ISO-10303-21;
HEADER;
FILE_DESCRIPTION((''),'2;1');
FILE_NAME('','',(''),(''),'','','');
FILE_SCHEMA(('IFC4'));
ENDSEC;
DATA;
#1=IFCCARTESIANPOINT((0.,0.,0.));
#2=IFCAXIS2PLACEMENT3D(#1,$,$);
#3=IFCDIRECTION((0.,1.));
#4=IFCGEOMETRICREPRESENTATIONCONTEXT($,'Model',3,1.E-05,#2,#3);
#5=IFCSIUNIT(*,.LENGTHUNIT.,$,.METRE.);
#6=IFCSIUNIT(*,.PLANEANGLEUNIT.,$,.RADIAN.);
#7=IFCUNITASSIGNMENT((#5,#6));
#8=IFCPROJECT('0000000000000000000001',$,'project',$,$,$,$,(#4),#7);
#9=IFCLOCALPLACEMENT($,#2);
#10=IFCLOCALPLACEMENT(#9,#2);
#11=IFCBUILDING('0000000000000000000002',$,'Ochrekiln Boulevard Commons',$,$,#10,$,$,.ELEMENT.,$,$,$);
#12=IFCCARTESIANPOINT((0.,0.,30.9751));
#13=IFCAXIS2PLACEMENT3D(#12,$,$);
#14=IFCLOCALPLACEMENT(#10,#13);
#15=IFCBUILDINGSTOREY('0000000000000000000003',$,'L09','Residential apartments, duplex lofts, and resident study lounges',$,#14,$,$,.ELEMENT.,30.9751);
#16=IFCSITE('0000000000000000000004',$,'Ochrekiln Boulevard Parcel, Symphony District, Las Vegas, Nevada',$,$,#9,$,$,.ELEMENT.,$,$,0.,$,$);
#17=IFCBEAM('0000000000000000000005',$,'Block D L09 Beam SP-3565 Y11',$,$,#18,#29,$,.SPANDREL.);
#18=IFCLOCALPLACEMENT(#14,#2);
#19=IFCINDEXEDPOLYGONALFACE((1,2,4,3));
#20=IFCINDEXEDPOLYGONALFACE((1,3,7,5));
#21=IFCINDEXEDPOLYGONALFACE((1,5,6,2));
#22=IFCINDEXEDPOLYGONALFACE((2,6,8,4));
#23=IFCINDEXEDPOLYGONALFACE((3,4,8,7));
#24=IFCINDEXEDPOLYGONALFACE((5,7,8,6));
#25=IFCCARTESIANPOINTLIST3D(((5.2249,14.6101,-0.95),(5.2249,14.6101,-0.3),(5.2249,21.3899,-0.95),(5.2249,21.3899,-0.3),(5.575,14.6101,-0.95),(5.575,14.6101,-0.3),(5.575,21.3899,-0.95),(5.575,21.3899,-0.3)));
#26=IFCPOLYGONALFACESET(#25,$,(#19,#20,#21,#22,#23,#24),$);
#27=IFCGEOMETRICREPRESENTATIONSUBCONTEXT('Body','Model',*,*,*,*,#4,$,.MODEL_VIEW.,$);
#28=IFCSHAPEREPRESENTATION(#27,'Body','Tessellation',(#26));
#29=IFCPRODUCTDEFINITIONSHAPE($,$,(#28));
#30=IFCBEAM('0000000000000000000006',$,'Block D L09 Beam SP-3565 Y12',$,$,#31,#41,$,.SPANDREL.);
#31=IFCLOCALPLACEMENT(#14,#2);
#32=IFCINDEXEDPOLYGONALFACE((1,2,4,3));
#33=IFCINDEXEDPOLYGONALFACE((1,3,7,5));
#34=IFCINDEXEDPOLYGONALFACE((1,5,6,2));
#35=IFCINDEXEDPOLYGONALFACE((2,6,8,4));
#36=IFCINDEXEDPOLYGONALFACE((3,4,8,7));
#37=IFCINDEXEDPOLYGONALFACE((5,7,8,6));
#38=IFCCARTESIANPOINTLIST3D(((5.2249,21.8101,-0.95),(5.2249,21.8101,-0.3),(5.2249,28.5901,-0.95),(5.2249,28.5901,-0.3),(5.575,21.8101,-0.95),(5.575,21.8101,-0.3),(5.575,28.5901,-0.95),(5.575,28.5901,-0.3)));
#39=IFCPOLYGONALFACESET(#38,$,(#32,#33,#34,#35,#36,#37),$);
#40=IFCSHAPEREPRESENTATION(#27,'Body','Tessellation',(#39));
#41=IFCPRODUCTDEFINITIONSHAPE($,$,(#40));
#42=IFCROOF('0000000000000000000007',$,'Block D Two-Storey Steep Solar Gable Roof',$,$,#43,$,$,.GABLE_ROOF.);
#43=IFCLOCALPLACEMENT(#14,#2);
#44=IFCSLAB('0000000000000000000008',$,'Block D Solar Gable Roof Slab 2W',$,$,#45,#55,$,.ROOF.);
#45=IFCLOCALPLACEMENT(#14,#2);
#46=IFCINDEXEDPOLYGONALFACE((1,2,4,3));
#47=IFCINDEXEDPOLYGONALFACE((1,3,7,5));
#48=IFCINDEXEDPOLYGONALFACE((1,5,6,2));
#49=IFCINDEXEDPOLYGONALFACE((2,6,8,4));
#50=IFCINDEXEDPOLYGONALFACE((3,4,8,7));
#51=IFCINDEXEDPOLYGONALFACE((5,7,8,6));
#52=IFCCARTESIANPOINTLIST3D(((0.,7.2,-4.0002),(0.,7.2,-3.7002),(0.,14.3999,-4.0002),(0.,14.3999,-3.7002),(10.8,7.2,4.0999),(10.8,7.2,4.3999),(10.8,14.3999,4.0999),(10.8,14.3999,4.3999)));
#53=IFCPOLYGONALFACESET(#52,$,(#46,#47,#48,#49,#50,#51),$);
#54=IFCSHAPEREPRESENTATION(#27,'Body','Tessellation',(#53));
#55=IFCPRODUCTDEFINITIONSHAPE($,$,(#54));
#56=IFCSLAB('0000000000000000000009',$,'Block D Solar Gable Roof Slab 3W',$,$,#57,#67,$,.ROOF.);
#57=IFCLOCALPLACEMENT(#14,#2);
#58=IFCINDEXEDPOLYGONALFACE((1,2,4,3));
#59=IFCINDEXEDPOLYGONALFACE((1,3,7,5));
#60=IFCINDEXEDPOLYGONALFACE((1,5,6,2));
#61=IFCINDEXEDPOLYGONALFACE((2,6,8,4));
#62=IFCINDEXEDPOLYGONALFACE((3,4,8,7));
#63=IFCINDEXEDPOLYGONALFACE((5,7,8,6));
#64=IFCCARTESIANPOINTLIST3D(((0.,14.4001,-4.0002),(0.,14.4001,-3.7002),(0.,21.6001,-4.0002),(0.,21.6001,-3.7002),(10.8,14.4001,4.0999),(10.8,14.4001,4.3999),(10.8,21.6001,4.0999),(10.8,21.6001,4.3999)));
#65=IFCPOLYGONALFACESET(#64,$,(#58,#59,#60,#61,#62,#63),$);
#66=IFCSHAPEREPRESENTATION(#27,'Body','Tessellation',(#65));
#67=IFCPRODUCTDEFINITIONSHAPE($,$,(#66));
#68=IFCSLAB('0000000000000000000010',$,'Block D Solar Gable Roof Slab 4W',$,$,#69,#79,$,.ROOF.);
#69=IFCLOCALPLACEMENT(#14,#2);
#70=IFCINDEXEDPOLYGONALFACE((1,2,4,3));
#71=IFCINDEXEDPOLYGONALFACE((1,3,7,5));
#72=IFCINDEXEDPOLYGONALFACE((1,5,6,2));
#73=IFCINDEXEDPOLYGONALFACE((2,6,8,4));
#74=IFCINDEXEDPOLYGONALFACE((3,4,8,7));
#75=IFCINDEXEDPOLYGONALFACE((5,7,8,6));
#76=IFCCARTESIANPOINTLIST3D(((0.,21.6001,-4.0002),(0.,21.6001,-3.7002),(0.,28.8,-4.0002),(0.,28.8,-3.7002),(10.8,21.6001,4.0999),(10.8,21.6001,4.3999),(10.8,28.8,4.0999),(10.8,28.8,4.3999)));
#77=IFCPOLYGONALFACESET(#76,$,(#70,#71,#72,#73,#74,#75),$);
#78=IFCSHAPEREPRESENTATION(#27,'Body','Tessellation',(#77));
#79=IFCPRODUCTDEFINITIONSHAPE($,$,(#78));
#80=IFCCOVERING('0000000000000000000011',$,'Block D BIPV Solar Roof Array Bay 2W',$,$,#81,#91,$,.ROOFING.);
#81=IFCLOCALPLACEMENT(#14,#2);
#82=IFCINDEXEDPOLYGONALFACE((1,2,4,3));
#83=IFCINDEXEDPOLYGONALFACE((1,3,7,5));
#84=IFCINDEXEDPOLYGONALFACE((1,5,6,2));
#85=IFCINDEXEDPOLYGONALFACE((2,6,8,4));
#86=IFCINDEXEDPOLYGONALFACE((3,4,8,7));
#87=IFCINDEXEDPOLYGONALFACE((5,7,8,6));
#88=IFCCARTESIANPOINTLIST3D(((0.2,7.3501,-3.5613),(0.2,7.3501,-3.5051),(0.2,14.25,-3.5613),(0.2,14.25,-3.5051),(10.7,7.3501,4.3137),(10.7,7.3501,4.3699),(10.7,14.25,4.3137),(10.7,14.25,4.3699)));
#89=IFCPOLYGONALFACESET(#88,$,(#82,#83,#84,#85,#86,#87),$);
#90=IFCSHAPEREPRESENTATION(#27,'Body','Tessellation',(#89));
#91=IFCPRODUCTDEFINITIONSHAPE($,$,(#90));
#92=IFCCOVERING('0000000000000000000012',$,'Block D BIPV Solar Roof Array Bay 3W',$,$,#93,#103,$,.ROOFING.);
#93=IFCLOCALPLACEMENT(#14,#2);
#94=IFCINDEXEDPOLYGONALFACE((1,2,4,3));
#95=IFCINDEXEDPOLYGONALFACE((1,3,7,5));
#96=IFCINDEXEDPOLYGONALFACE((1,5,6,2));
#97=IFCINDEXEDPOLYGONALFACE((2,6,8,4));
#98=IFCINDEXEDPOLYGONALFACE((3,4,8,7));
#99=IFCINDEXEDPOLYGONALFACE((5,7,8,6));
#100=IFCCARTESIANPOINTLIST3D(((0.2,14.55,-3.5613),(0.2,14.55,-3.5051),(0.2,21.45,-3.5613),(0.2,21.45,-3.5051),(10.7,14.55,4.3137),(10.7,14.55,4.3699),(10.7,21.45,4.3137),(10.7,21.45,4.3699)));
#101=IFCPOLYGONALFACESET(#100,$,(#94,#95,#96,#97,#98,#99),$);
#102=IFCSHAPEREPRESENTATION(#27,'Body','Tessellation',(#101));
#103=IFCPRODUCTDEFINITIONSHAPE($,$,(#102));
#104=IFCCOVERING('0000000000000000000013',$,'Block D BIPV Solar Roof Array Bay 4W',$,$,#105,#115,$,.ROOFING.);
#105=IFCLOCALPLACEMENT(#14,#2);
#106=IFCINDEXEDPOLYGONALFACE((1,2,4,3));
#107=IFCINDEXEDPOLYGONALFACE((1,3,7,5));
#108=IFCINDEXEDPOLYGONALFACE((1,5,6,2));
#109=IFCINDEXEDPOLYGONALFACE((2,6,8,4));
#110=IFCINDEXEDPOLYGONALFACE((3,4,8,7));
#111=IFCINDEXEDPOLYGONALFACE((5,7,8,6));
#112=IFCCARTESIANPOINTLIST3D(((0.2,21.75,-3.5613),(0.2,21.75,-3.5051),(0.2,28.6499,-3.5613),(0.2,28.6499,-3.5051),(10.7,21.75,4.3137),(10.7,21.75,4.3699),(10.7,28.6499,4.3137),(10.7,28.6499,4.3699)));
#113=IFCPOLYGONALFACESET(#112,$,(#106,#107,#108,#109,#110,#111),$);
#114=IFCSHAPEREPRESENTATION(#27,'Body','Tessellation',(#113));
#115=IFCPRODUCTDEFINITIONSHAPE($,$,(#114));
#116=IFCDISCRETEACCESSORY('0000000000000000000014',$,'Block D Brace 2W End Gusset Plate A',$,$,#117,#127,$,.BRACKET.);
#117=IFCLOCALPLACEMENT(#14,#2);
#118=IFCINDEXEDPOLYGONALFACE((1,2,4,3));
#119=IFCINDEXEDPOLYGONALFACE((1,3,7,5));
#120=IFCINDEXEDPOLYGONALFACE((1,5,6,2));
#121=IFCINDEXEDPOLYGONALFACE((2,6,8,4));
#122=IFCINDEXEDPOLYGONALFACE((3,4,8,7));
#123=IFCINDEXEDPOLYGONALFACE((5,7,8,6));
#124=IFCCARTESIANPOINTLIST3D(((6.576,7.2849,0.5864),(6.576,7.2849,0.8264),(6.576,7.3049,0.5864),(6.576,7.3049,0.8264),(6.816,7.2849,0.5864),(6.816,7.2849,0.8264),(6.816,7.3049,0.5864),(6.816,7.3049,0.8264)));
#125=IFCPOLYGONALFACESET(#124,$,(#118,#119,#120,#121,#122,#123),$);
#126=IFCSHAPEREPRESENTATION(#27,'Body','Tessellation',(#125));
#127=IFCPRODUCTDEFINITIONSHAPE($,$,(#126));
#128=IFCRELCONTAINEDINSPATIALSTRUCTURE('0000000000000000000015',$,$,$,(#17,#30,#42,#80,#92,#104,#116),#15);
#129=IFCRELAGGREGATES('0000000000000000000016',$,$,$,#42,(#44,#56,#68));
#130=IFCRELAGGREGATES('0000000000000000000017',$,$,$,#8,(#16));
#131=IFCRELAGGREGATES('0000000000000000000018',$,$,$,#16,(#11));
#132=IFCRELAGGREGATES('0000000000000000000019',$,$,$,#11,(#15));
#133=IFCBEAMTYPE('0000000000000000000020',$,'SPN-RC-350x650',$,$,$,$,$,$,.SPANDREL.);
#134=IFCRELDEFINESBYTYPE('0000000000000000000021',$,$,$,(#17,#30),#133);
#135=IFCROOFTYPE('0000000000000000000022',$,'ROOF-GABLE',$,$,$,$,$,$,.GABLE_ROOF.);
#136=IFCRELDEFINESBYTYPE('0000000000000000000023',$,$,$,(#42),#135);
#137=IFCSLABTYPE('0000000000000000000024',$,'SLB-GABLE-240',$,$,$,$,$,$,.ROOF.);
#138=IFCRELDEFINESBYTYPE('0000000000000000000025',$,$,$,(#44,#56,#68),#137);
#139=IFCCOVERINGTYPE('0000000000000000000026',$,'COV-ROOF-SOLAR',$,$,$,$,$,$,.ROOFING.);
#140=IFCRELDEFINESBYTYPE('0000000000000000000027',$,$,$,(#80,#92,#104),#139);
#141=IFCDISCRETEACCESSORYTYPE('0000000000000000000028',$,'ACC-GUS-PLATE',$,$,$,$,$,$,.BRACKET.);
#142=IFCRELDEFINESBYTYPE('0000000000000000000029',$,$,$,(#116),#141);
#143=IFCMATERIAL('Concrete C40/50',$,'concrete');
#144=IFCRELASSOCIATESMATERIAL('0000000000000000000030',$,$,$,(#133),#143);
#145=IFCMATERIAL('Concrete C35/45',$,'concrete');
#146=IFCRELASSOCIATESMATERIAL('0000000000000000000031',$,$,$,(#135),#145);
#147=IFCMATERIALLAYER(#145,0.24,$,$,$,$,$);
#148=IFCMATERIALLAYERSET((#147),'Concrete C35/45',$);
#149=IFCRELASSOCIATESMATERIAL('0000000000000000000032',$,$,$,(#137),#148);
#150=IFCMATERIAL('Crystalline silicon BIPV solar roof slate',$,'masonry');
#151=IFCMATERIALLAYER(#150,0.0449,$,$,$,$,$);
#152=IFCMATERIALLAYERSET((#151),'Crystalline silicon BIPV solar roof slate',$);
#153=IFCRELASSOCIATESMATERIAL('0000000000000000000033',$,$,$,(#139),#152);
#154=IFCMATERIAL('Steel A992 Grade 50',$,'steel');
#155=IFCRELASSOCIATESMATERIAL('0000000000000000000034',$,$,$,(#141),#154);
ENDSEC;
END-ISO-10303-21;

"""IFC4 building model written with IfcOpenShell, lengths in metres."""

from ifc_helpers import new_model, si_unit, direction, frame, origin, origin_2d, place, context, subcontext, project, spatial, polyline, rectangle, outline, extrude, material, layer, layer_set, material_profile, profile_set, type_object, element, aggregate, save


model = new_model("IFC4")

# Units and contexts
model_context = context("Model", 3, precision=1e-05, world=origin(), true_north=direction((0.0, 1.0)))
body_context = subcontext(model_context, "Body", "Model", "MODEL_VIEW")
ifc_project = project(units=[si_unit("LENGTHUNIT", "METRE"), si_unit("PLANEANGLEUNIT", "RADIAN")], contexts=[model_context])

# Site, building, storey
site_placement = place(None, origin())
site = spatial("IfcSite", under=ifc_project, at=site_placement, Name="Ochrekiln Boulevard Parcel, Symphony District, Las Vegas, Nevada", CompositionType="ELEMENT", RefElevation=0.0)
building_placement = place(site_placement, origin())
building = spatial("IfcBuilding", under=site, at=building_placement, Name="Ochrekiln Boulevard Commons", CompositionType="ELEMENT")
storey_placement = place(building_placement, frame((0.0, 0.0, 30.9751)))
storey = spatial("IfcBuildingStorey", under=building, at=storey_placement, Name="L09", Description="Residential apartments, duplex lofts, and resident study lounges", CompositionType="ELEMENT", Elevation=30.9751)

# Shared definitions
ifc_material_1 = material(Name="Concrete C40/50", Category="concrete")

# Shared definitions
ifc_material_2 = material(Name="Steel A992 Grade 50", Category="steel")

# Beams
ifc_material_profile_1 = material_profile(ifc_material_1, rectangle(XDim=0.3501, YDim=0.6499, at=origin_2d()), Name="RC-SPN-350x650")
ifc_profile_set_1 = profile_set([ifc_material_profile_1], Name="Concrete C40/50")
beam_type_1 = type_object("IfcBeamType", Name="SPN-RC-350x650", PredefinedType="SPANDREL", material=ifc_profile_set_1)
beam_1_placement = place(storey_placement, frame((5.3999, 14.6101, -0.625), z_axis=(0.0, 1.0, 0.0), x_axis=(-1.0, 0.0, 0.0)))
element("IfcBeam", 1, at=beam_1_placement, inside=storey, type_object=beam_type_1, Name="Block D L09 Beam SP-3565 Y11", PredefinedType="SPANDREL", context=body_context, shape_type="SweptSolid", body=[
    extrude(rectangle(XDim=0.3501, YDim=0.6499, at=origin_2d()), origin(), (0.0, 0.0, 1.0), 6.7798),
])
beam_2_placement = place(storey_placement, frame((5.3999, 21.8101, -0.625), z_axis=(0.0, 1.0, 0.0), x_axis=(-1.0, 0.0, 0.0)))
element("IfcBeam", 2, at=beam_2_placement, inside=storey, type_object=beam_type_1, Name="Block D L09 Beam SP-3565 Y12", PredefinedType="SPANDREL", context=body_context, shape_type="SweptSolid", body=[
    extrude(rectangle(XDim=0.3501, YDim=0.6499, at=origin_2d()), origin(), (0.0, 0.0, 1.0), 6.78),
])

# Roof, slabs
ifc_material_3 = material(Name="Concrete C35/45", Category="concrete")
roof_type = type_object("IfcRoofType", Name="ROOF-GABLE", PredefinedType="GABLE_ROOF", material=ifc_material_3)
roof_placement = place(storey_placement, origin())
roof = element("IfcRoof", 3, at=roof_placement, inside=storey, type_object=roof_type, Name="Block D Two-Storey Steep Solar Gable Roof", PredefinedType="GABLE_ROOF")
ifc_layer_1 = layer(ifc_material_3, 0.24)
ifc_layer_set_1 = layer_set([ifc_layer_1], Name="Concrete C35/45")
slab_type = type_object("IfcSlabType", Name="SLB-GABLE-240", PredefinedType="ROOF", material=ifc_layer_set_1)
slab_1_placement = place(storey_placement, frame((0.0, 14.3999, -3.7002), z_axis=(0.0, -1.0, 0.0), x_axis=(1.0, 0.0, 0.0)))
slab_1 = element("IfcSlab", 4, at=slab_1_placement, type_object=slab_type, Name="Block D Solar Gable Roof Slab 2W", PredefinedType="ROOF", context=body_context, shape_type="SweptSolid", body=[
    extrude(outline(polyline([(0.0, 0.0), (10.8, 8.1001), (10.8, 7.8), (0.0, -0.3), (0.0, 0.0)])), origin(), (0.0, 0.0, 1.0), 7.2),
])
slab_2_placement = place(storey_placement, frame((0.0, 21.6001, -3.7002), z_axis=(0.0, -1.0, 0.0), x_axis=(1.0, 0.0, 0.0)))
slab_2 = element("IfcSlab", 5, at=slab_2_placement, type_object=slab_type, Name="Block D Solar Gable Roof Slab 3W", PredefinedType="ROOF", context=body_context, shape_type="SweptSolid", body=[
    extrude(outline(polyline([(0.0, 0.0), (10.8, 8.1001), (10.8, 7.8), (0.0, -0.3), (0.0, 0.0)])), origin(), (0.0, 0.0, 1.0), 7.2),
])
slab_3_placement = place(storey_placement, frame((0.0, 28.8, -3.7002), z_axis=(0.0, -1.0, 0.0), x_axis=(1.0, 0.0, 0.0)))
slab_3 = element("IfcSlab", 6, at=slab_3_placement, type_object=slab_type, Name="Block D Solar Gable Roof Slab 4W", PredefinedType="ROOF", context=body_context, shape_type="SweptSolid", body=[
    extrude(outline(polyline([(0.0, 0.0), (10.8, 8.1001), (10.8, 7.8), (0.0, -0.3), (0.0, 0.0)])), origin(), (0.0, 0.0, 1.0), 7.2),
])
aggregate(roof, [slab_1, slab_2, slab_3])

# Coverings
ifc_material_4 = material(Name="Crystalline silicon BIPV solar roof slate", Category="masonry")
ifc_layer_2 = layer(ifc_material_4, 0.0449)
ifc_layer_set_2 = layer_set([ifc_layer_2], Name="Crystalline silicon BIPV solar roof slate")
covering_type = type_object("IfcCoveringType", Name="COV-ROOF-SOLAR", PredefinedType="ROOFING", material=ifc_layer_set_2)
for number, where, z_axis, x_axis, name in (
    (7, (0.2, 14.25, -3.5051), (0.0, -1.0, 0.0), (1.0, 0.0, 0.0), "Block D BIPV Solar Roof Array Bay 2W"),
    (8, (0.2, 21.45, -3.5051), (0.0, -1.0, 0.0), (1.0, 0.0, 0.0), "Block D BIPV Solar Roof Array Bay 3W"),
    (9, (0.2, 28.6499, -3.5051), (0.0, -1.0, 0.0), (1.0, 0.0, 0.0), "Block D BIPV Solar Roof Array Bay 4W"),
):
    element("IfcCovering", number, at=place(storey_placement, frame(where, z_axis=z_axis, x_axis=x_axis)), inside=storey, type_object=covering_type, Name=name, PredefinedType="ROOFING", context=body_context, shape_type="SweptSolid", body=[
        extrude(outline(polyline([(0.0, 0.0), (10.5, 7.875), (10.5, 7.8188), (0.0, -0.0562), (0.0, 0.0)])), origin(), (0.0, 0.0, 1.0), 6.8999),
    ])

# Discrete accessory
discrete_accessory_type = type_object("IfcDiscreteAccessoryType", Name="ACC-GUS-PLATE", PredefinedType="BRACKET", material=ifc_material_2)
discrete_accessory_placement = place(storey_placement, frame((6.696, 7.2949, 0.5864), z_axis=(0.0, 0.0, 1.0), x_axis=(1.0, 0.0, 0.0)))
element("IfcDiscreteAccessory", 10, at=discrete_accessory_placement, inside=storey, type_object=discrete_accessory_type, Name="Block D Brace 2W End Gusset Plate A", PredefinedType="BRACKET", context=body_context, shape_type="SweptSolid", body=[
    extrude(rectangle(XDim=0.24, YDim=0.02, at=origin_2d()), origin(), (0.0, 0.0, 1.0), 0.24),
])

save(model, "model.ifc")
